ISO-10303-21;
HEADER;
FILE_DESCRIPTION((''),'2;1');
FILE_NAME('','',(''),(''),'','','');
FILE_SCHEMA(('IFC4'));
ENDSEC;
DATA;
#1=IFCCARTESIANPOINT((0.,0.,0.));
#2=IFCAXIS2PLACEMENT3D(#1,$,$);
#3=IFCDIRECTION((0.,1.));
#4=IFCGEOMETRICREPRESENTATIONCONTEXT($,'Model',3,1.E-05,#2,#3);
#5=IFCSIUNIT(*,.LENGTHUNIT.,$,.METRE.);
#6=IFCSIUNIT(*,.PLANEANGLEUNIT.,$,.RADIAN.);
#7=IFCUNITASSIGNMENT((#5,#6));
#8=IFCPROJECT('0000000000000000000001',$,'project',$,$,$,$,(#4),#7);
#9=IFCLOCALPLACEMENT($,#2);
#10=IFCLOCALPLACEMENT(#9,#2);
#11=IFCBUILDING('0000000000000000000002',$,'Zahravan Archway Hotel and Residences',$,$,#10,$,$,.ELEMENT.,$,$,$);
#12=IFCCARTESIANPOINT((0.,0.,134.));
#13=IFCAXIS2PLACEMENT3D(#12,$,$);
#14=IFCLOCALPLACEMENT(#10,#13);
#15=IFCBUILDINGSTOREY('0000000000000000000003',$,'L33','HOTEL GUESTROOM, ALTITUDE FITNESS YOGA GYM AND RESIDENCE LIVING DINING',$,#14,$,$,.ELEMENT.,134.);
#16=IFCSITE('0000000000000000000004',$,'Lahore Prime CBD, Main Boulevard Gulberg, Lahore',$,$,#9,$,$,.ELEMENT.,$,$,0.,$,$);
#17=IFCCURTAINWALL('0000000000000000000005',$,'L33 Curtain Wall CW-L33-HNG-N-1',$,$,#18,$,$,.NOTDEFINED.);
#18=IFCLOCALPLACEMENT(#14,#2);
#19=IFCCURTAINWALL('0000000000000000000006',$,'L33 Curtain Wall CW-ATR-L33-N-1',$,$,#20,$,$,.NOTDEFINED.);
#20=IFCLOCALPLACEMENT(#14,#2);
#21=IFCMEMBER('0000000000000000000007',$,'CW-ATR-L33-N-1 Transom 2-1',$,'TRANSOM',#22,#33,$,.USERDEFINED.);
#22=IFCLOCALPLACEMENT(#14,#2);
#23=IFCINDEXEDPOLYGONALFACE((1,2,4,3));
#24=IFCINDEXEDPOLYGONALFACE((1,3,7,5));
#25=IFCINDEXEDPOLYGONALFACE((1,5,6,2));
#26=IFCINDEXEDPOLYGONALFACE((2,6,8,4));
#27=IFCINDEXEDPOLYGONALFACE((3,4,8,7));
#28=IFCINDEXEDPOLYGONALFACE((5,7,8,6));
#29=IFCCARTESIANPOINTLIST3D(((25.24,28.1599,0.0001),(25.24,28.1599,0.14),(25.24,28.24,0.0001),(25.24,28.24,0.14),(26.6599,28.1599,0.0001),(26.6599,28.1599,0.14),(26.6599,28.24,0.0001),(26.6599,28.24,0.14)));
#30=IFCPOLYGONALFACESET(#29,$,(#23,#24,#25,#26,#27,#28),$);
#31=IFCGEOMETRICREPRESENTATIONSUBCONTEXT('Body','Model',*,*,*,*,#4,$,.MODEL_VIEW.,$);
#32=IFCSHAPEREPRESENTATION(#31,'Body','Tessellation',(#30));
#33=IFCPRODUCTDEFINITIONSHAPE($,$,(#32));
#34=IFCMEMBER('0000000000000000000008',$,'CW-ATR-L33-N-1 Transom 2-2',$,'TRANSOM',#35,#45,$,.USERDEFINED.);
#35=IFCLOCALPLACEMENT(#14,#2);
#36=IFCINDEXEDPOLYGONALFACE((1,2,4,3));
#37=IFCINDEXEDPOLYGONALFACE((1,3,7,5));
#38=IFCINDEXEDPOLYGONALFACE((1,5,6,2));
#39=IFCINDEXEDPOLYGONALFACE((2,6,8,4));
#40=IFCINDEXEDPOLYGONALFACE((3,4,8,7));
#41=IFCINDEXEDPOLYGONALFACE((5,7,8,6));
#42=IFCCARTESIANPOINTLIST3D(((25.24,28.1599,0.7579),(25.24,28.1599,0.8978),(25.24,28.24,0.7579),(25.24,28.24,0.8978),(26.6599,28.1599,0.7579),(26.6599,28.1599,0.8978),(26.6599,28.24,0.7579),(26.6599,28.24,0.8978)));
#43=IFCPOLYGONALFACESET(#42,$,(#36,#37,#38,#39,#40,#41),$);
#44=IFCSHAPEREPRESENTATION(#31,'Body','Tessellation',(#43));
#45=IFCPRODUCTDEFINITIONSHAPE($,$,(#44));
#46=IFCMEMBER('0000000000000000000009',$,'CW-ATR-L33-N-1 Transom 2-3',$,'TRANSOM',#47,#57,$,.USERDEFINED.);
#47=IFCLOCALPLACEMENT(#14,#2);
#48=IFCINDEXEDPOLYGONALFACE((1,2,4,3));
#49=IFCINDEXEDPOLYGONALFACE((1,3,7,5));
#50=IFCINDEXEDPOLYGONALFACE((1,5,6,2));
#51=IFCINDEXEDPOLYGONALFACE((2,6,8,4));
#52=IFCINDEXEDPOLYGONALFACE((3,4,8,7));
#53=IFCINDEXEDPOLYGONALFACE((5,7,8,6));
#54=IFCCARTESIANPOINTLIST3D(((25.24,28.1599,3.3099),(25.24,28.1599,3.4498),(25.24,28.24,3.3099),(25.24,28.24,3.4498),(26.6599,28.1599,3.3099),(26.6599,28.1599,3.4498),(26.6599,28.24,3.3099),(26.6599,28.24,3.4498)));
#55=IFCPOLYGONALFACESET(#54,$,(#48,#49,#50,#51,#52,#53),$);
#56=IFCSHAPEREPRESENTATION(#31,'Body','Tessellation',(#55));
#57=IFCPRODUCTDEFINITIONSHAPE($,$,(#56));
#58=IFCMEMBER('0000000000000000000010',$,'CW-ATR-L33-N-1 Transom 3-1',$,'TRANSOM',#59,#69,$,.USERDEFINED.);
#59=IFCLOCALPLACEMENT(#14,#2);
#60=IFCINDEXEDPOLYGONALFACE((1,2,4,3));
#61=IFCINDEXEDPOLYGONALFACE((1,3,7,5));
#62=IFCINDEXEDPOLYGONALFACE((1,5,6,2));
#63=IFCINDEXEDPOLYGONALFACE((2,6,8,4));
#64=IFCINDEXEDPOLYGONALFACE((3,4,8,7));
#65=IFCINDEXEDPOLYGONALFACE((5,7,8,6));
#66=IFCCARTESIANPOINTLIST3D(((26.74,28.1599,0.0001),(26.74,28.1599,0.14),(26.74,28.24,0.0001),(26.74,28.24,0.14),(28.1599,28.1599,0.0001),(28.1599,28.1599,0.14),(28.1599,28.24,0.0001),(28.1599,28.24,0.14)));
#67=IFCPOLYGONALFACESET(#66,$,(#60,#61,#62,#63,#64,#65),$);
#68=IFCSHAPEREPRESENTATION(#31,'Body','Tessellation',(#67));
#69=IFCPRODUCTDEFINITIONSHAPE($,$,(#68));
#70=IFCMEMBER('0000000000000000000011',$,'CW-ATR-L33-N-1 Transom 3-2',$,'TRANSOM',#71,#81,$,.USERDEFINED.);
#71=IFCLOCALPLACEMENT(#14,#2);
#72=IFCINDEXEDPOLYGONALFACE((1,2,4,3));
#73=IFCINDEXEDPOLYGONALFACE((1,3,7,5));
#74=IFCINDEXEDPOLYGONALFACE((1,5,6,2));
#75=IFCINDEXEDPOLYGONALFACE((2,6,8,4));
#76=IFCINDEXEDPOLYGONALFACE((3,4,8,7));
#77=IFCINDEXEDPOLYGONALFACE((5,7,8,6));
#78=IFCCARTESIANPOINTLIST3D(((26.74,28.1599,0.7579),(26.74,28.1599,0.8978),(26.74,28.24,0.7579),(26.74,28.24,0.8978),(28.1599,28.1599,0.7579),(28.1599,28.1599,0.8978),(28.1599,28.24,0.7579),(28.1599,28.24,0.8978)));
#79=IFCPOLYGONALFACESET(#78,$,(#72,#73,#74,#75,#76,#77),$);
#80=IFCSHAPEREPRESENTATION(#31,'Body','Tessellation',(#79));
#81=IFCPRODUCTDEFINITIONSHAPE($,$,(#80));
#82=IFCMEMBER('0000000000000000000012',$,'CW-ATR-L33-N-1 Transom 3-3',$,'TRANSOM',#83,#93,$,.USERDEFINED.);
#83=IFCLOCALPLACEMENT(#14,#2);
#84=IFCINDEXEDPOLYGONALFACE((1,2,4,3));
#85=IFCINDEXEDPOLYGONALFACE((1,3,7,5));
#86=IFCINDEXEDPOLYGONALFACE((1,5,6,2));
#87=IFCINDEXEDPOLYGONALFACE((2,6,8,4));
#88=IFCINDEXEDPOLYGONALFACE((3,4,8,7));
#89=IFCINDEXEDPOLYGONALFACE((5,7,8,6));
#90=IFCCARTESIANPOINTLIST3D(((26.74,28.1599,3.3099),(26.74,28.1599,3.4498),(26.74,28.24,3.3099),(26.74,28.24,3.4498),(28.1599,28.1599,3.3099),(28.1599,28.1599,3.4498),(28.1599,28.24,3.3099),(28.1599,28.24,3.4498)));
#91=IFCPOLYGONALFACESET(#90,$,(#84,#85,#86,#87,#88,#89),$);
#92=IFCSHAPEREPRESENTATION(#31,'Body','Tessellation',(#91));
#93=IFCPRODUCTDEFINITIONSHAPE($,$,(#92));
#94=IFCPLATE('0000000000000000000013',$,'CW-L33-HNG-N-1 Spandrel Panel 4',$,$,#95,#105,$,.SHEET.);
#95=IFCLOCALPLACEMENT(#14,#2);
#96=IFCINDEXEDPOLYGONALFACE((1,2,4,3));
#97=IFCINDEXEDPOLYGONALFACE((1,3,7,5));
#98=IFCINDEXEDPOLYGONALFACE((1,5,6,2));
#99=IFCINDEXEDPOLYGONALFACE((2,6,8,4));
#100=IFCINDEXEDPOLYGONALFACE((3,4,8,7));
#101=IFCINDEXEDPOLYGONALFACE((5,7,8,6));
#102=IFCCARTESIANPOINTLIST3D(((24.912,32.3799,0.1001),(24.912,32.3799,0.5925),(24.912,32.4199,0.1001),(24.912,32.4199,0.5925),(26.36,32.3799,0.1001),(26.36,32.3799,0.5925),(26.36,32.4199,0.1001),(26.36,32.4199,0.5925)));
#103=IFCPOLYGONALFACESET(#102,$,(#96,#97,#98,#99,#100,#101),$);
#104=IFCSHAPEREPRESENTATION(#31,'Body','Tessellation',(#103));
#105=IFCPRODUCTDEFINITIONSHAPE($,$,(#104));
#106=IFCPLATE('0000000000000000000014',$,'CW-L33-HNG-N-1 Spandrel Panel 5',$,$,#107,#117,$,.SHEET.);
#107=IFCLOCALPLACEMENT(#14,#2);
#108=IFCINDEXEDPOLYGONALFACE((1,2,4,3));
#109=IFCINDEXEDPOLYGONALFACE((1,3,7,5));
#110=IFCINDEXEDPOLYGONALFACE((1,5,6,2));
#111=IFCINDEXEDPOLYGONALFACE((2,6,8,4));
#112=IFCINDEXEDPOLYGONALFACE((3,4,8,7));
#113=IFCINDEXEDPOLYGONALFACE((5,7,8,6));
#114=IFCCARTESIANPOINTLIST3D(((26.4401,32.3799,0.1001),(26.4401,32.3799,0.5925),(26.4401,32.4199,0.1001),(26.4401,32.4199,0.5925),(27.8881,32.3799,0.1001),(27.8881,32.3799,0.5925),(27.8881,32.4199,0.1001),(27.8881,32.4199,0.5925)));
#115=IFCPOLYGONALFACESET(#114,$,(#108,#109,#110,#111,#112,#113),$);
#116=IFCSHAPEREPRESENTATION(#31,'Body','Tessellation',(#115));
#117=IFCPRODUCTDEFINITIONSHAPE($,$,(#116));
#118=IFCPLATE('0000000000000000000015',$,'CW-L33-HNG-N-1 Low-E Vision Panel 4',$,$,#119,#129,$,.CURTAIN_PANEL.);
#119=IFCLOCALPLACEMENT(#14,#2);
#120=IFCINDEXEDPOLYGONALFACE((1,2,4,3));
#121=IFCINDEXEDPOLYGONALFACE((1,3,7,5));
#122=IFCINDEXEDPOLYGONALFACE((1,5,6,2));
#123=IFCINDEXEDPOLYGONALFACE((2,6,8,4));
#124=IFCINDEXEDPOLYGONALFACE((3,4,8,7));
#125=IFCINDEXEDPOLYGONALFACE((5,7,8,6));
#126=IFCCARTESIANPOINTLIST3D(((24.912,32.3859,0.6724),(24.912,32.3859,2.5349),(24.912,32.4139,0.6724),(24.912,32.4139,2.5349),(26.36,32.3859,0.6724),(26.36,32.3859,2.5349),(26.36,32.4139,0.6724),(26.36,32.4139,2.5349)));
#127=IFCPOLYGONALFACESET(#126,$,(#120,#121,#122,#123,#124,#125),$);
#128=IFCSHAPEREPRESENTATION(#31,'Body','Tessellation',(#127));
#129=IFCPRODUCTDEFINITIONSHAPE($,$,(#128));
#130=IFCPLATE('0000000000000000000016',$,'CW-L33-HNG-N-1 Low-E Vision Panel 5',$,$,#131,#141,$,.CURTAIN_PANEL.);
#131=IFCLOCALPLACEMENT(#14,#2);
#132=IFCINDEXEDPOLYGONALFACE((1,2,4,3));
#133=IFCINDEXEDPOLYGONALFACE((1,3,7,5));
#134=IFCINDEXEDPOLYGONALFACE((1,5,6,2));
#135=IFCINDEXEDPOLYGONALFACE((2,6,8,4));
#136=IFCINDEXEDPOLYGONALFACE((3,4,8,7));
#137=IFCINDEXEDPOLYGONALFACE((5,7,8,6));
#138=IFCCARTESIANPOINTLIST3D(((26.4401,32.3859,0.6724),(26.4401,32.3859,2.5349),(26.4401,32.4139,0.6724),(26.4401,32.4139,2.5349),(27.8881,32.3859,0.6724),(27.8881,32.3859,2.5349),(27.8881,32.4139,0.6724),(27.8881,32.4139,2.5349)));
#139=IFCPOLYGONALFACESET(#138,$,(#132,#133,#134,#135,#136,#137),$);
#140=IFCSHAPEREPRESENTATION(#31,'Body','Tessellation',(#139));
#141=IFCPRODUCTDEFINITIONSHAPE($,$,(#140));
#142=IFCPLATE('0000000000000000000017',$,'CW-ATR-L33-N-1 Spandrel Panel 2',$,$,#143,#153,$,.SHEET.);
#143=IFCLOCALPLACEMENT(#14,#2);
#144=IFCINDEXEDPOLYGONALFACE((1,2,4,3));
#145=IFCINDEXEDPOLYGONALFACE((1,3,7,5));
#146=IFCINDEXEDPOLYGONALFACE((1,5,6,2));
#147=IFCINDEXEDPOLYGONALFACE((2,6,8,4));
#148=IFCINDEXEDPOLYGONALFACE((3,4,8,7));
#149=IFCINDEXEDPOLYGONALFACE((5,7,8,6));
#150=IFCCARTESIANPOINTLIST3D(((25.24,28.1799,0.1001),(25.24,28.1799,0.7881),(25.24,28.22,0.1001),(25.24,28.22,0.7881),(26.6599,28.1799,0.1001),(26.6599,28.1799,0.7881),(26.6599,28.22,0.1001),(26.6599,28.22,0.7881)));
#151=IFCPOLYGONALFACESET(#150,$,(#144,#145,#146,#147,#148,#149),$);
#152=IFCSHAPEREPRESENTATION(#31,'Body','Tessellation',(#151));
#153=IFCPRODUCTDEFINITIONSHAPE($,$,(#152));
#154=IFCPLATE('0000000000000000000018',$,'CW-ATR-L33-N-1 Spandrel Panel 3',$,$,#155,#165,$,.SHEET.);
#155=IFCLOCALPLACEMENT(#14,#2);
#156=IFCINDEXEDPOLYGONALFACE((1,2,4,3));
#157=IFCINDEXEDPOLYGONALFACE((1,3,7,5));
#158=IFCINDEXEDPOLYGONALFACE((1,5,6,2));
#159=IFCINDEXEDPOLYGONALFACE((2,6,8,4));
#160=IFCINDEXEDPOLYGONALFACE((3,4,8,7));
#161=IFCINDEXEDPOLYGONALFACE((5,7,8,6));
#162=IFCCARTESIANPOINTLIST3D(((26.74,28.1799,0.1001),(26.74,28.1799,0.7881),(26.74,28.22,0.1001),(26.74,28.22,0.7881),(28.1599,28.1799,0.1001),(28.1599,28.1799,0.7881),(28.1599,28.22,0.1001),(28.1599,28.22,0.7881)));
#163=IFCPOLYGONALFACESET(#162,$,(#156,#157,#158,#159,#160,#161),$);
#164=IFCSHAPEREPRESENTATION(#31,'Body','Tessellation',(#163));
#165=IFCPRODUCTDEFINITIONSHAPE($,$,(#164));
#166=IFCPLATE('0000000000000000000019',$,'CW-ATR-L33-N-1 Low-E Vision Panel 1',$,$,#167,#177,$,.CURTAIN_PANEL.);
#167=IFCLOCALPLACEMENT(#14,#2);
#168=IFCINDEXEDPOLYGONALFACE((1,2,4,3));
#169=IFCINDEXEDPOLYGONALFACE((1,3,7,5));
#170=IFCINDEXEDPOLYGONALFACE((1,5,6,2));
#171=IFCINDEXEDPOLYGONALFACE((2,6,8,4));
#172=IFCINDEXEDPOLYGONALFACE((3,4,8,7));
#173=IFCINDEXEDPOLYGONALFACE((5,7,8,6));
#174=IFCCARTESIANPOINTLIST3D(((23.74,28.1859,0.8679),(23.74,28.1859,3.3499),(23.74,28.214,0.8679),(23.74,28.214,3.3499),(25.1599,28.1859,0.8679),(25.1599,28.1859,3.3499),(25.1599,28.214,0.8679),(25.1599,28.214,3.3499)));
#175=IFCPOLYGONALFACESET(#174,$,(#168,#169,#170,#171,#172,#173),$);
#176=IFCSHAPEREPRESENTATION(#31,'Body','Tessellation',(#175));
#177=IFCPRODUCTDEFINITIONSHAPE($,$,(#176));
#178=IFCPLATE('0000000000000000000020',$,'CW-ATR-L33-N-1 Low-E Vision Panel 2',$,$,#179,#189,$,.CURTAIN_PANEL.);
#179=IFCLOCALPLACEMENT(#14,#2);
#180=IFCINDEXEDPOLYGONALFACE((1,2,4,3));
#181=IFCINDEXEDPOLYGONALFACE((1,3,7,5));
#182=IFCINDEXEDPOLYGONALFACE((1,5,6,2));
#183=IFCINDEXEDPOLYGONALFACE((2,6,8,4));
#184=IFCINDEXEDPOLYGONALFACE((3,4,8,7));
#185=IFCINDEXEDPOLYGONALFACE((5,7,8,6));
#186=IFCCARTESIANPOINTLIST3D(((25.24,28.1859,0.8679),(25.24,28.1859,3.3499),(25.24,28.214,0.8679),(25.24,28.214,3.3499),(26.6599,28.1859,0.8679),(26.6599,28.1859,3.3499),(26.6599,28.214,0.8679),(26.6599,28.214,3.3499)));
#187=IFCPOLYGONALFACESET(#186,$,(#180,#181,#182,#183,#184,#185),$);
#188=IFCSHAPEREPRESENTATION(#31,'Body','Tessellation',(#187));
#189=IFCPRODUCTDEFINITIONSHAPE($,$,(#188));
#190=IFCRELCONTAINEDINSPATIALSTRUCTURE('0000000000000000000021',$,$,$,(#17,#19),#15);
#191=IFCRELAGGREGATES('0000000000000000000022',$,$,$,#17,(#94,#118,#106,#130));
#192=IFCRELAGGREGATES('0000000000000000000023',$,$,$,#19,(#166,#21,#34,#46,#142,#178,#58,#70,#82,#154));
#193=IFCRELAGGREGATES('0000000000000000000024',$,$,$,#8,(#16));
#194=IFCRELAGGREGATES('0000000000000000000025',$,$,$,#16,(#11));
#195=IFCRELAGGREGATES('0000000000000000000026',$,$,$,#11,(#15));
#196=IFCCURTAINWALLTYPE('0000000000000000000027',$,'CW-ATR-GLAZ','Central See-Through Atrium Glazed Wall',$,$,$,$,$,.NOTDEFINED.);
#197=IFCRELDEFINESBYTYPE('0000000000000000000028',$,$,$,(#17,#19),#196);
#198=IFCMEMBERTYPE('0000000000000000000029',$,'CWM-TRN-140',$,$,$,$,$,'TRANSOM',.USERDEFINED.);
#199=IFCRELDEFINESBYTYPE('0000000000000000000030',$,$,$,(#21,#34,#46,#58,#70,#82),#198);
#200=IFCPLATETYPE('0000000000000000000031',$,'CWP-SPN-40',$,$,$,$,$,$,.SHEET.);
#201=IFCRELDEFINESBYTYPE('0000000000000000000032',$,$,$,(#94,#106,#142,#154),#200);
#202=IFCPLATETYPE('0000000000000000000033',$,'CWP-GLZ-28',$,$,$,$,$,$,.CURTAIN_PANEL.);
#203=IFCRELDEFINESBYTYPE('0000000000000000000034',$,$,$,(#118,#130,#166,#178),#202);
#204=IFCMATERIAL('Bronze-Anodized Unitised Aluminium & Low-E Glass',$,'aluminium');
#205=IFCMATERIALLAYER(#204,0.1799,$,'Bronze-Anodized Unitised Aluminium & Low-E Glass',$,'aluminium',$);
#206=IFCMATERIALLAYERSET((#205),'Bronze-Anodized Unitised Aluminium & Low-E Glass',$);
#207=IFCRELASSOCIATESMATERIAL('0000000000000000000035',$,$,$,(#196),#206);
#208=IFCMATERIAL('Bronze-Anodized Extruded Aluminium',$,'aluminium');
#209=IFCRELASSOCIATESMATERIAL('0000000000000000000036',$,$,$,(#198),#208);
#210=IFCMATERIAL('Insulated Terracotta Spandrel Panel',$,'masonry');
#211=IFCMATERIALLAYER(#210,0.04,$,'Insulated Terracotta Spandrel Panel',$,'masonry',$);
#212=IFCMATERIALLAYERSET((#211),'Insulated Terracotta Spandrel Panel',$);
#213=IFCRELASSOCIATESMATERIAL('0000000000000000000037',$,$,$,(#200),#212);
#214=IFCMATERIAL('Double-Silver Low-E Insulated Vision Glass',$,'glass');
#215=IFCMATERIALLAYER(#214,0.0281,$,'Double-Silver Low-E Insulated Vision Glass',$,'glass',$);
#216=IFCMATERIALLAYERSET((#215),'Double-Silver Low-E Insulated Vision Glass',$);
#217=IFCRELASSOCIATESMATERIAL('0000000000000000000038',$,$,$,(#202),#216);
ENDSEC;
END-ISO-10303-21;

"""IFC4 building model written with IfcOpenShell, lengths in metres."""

from ifc_helpers import new_model, si_unit, direction, frame, origin, origin_2d, place, context, subcontext, project, spatial, rectangle, extrude, source, transform, mapped, material, layer, layer_set, material_profile, profile_set, type_object, element, aggregate, save


model = new_model("IFC4")

# Units and contexts
model_context = context("Model", 3, precision=1e-05, world=origin(), true_north=direction((0.0, 1.0)))
body_context = subcontext(model_context, "Body", "Model", "MODEL_VIEW")
ifc_project = project(units=[si_unit("LENGTHUNIT", "METRE"), si_unit("PLANEANGLEUNIT", "RADIAN")], contexts=[model_context])

# Site, building, storey
site_placement = place(None, origin())
site = spatial("IfcSite", under=ifc_project, at=site_placement, Name="Lahore Prime CBD, Main Boulevard Gulberg, Lahore", CompositionType="ELEMENT", RefElevation=0.0)
building_placement = place(site_placement, origin())
building = spatial("IfcBuilding", under=site, at=building_placement, Name="Zahravan Archway Hotel and Residences", CompositionType="ELEMENT")
storey_placement = place(building_placement, frame((0.0, 0.0, 134.0)))
storey = spatial("IfcBuildingStorey", under=building, at=storey_placement, Name="L33", Description="HOTEL GUESTROOM, ALTITUDE FITNESS YOGA GYM AND RESIDENCE LIVING DINING", CompositionType="ELEMENT", Elevation=134.0)

# Curtain walls, members
ifc_material_1 = material(Name="Bronze-Anodized Unitised Aluminium & Low-E Glass", Category="aluminium")
ifc_layer_1 = layer(ifc_material_1, 0.1799, Name="Bronze-Anodized Unitised Aluminium & Low-E Glass", Category="aluminium")
ifc_layer_set_1 = layer_set([ifc_layer_1], Name="Bronze-Anodized Unitised Aluminium & Low-E Glass")
curtain_wall_type = type_object("IfcCurtainWallType", Name="CW-ATR-GLAZ", Description="Central See-Through Atrium Glazed Wall", PredefinedType="NOTDEFINED", material=ifc_layer_set_1)
curtain_wall_1_placement = place(storey_placement, origin())
curtain_wall_1 = element("IfcCurtainWall", 1, at=curtain_wall_1_placement, inside=storey, type_object=curtain_wall_type, Name="L33 Curtain Wall CW-L33-HNG-N-1", PredefinedType="NOTDEFINED")
ifc_material_2 = material(Name="Bronze-Anodized Extruded Aluminium", Category="aluminium")
ifc_material_profile_1 = material_profile(ifc_material_2, rectangle(XDim=0.0801, YDim=0.1399, at=origin_2d()), Name="TRN 80x140", Category="aluminium")
ifc_profile_set_1 = profile_set([ifc_material_profile_1], Name="Bronze-Anodized Extruded Aluminium")
member_type_1 = type_object("IfcMemberType", Name="CWM-TRN-140", ElementType="TRANSOM", PredefinedType="USERDEFINED", material=ifc_profile_set_1)
curtain_wall_2_placement = place(storey_placement, origin())
curtain_wall_2 = element("IfcCurtainWall", 2, at=curtain_wall_2_placement, inside=storey, type_object=curtain_wall_type, Name="L33 Curtain Wall CW-ATR-L33-N-1", PredefinedType="NOTDEFINED")
shared_shape_1 = source(origin(), body_context, "Body", "SweptSolid", [
    extrude(rectangle(XDim=0.0801, YDim=0.1399, at=origin_2d()), origin(), (0.0, 0.0, 1.0), 1.4199),
])
member_1_placement = place(storey_placement, frame((25.24, 28.2, 0.0701), z_axis=(1.0, 0.0, 0.0), x_axis=(0.0, 1.0, 0.0)))
member_1 = element("IfcMember", 3, at=member_1_placement, type_object=member_type_1, Name="CW-ATR-L33-N-1 Transom 2-1", ObjectType="TRANSOM", PredefinedType="USERDEFINED", context=body_context, shape_type="MappedRepresentation", body=[
    mapped(shared_shape_1, transform((0.0, 0.0, 0.0), scale=1.0)),
])
member_2_placement = place(storey_placement, frame((25.24, 28.2, 0.8279), z_axis=(1.0, 0.0, 0.0), x_axis=(0.0, 1.0, 0.0)))
member_2 = element("IfcMember", 4, at=member_2_placement, type_object=member_type_1, Name="CW-ATR-L33-N-1 Transom 2-2", ObjectType="TRANSOM", PredefinedType="USERDEFINED", context=body_context, shape_type="MappedRepresentation", body=[
    mapped(shared_shape_1, transform((0.0, 0.0, 0.0), scale=1.0)),
])
member_3_placement = place(storey_placement, frame((25.24, 28.2, 3.3799), z_axis=(1.0, 0.0, 0.0), x_axis=(0.0, 1.0, 0.0)))
member_3 = element("IfcMember", 5, at=member_3_placement, type_object=member_type_1, Name="CW-ATR-L33-N-1 Transom 2-3", ObjectType="TRANSOM", PredefinedType="USERDEFINED", context=body_context, shape_type="MappedRepresentation", body=[
    mapped(shared_shape_1, transform((0.0, 0.0, 0.0), scale=1.0)),
])
member_4_placement = place(storey_placement, frame((26.74, 28.2, 0.0701), z_axis=(1.0, 0.0, 0.0), x_axis=(0.0, 1.0, 0.0)))
member_4 = element("IfcMember", 6, at=member_4_placement, type_object=member_type_1, Name="CW-ATR-L33-N-1 Transom 3-1", ObjectType="TRANSOM", PredefinedType="USERDEFINED", context=body_context, shape_type="MappedRepresentation", body=[
    mapped(shared_shape_1, transform((0.0, 0.0, 0.0), scale=1.0)),
])
member_5_placement = place(storey_placement, frame((26.74, 28.2, 0.8279), z_axis=(1.0, 0.0, 0.0), x_axis=(0.0, 1.0, 0.0)))
member_5 = element("IfcMember", 7, at=member_5_placement, type_object=member_type_1, Name="CW-ATR-L33-N-1 Transom 3-2", ObjectType="TRANSOM", PredefinedType="USERDEFINED", context=body_context, shape_type="MappedRepresentation", body=[
    mapped(shared_shape_1, transform((0.0, 0.0, 0.0), scale=1.0)),
])
member_6_placement = place(storey_placement, frame((26.74, 28.2, 3.3799), z_axis=(1.0, 0.0, 0.0), x_axis=(0.0, 1.0, 0.0)))
member_6 = element("IfcMember", 8, at=member_6_placement, type_object=member_type_1, Name="CW-ATR-L33-N-1 Transom 3-3", ObjectType="TRANSOM", PredefinedType="USERDEFINED", context=body_context, shape_type="MappedRepresentation", body=[
    mapped(shared_shape_1, transform((0.0, 0.0, 0.0), scale=1.0)),
])

# Plates
ifc_material_3 = material(Name="Insulated Terracotta Spandrel Panel", Category="masonry")
ifc_layer_2 = layer(ifc_material_3, 0.04, Name="Insulated Terracotta Spandrel Panel", Category="masonry")
ifc_layer_set_2 = layer_set([ifc_layer_2], Name="Insulated Terracotta Spandrel Panel")
plate_type_1 = type_object("IfcPlateType", Name="CWP-SPN-40", PredefinedType="SHEET", material=ifc_layer_set_2)
shared_shape_2 = source(origin(), body_context, "Body", "SweptSolid", [
    extrude(rectangle(XDim=1.448, YDim=0.04, at=origin_2d()), origin(), (0.0, 0.0, 1.0), 0.4924),
])
plate_1_placement = place(storey_placement, frame((25.636, 32.3999, 0.1001), z_axis=(0.0, 0.0, 1.0), x_axis=(1.0, 0.0, 0.0)))
plate_1 = element("IfcPlate", 9, at=plate_1_placement, type_object=plate_type_1, Name="CW-L33-HNG-N-1 Spandrel Panel 4", PredefinedType="SHEET", context=body_context, shape_type="MappedRepresentation", body=[
    mapped(shared_shape_2, transform((0.0, 0.0, 0.0), scale=1.0)),
])
plate_2_placement = place(storey_placement, frame((27.1641, 32.3999, 0.1001), z_axis=(0.0, 0.0, 1.0), x_axis=(1.0, 0.0, 0.0)))
plate_2 = element("IfcPlate", 10, at=plate_2_placement, type_object=plate_type_1, Name="CW-L33-HNG-N-1 Spandrel Panel 5", PredefinedType="SHEET", context=body_context, shape_type="MappedRepresentation", body=[
    mapped(shared_shape_2, transform((0.0, 0.0, 0.0), scale=1.0)),
])
ifc_material_4 = material(Name="Double-Silver Low-E Insulated Vision Glass", Category="glass")
ifc_layer_3 = layer(ifc_material_4, 0.0281, Name="Double-Silver Low-E Insulated Vision Glass", Category="glass")
ifc_layer_set_3 = layer_set([ifc_layer_3], Name="Double-Silver Low-E Insulated Vision Glass")
plate_type_2 = type_object("IfcPlateType", Name="CWP-GLZ-28", PredefinedType="CURTAIN_PANEL", material=ifc_layer_set_3)
shared_shape_3 = source(origin(), body_context, "Body", "SweptSolid", [
    extrude(rectangle(XDim=1.448, YDim=0.0281, at=origin_2d()), origin(), (0.0, 0.0, 1.0), 1.8625),
])
plate_3_placement = place(storey_placement, frame((25.636, 32.3999, 0.6724), z_axis=(0.0, 0.0, 1.0), x_axis=(1.0, 0.0, 0.0)))
plate_3 = element("IfcPlate", 11, at=plate_3_placement, type_object=plate_type_2, Name="CW-L33-HNG-N-1 Low-E Vision Panel 4", PredefinedType="CURTAIN_PANEL", context=body_context, shape_type="MappedRepresentation", body=[
    mapped(shared_shape_3, transform((0.0, 0.0, 0.0), scale=1.0)),
])
plate_4_placement = place(storey_placement, frame((27.1641, 32.3999, 0.6724), z_axis=(0.0, 0.0, 1.0), x_axis=(1.0, 0.0, 0.0)))
plate_4 = element("IfcPlate", 12, at=plate_4_placement, type_object=plate_type_2, Name="CW-L33-HNG-N-1 Low-E Vision Panel 5", PredefinedType="CURTAIN_PANEL", context=body_context, shape_type="MappedRepresentation", body=[
    mapped(shared_shape_3, transform((0.0, 0.0, 0.0), scale=1.0)),
])
aggregate(curtain_wall_1, [plate_1, plate_3, plate_2, plate_4])
shared_shape_4 = source(origin(), body_context, "Body", "SweptSolid", [
    extrude(rectangle(XDim=1.4199, YDim=0.04, at=origin_2d()), origin(), (0.0, 0.0, 1.0), 0.688),
])
plate_5_placement = place(storey_placement, frame((25.95, 28.2, 0.1001), z_axis=(0.0, 0.0, 1.0), x_axis=(1.0, 0.0, 0.0)))
plate_5 = element("IfcPlate", 13, at=plate_5_placement, type_object=plate_type_1, Name="CW-ATR-L33-N-1 Spandrel Panel 2", PredefinedType="SHEET", context=body_context, shape_type="MappedRepresentation", body=[
    mapped(shared_shape_4, transform((0.0, 0.0, 0.0), scale=1.0)),
])
plate_6_placement = place(storey_placement, frame((27.45, 28.2, 0.1001), z_axis=(0.0, 0.0, 1.0), x_axis=(1.0, 0.0, 0.0)))
plate_6 = element("IfcPlate", 14, at=plate_6_placement, type_object=plate_type_1, Name="CW-ATR-L33-N-1 Spandrel Panel 3", PredefinedType="SHEET", context=body_context, shape_type="MappedRepresentation", body=[
    mapped(shared_shape_4, transform((0.0, 0.0, 0.0), scale=1.0)),
])
shared_shape_5 = source(origin(), body_context, "Body", "SweptSolid", [
    extrude(rectangle(XDim=1.4199, YDim=0.0281, at=origin_2d()), origin(), (0.0, 0.0, 1.0), 2.4819),
])
plate_7_placement = place(storey_placement, frame((24.45, 28.2, 0.8679), z_axis=(0.0, 0.0, 1.0), x_axis=(1.0, 0.0, 0.0)))
plate_7 = element("IfcPlate", 15, at=plate_7_placement, type_object=plate_type_2, Name="CW-ATR-L33-N-1 Low-E Vision Panel 1", PredefinedType="CURTAIN_PANEL", context=body_context, shape_type="MappedRepresentation", body=[
    mapped(shared_shape_5, transform((0.0, 0.0, 0.0), scale=1.0)),
])
plate_8_placement = place(storey_placement, frame((25.95, 28.2, 0.8679), z_axis=(0.0, 0.0, 1.0), x_axis=(1.0, 0.0, 0.0)))
plate_8 = element("IfcPlate", 16, at=plate_8_placement, type_object=plate_type_2, Name="CW-ATR-L33-N-1 Low-E Vision Panel 2", PredefinedType="CURTAIN_PANEL", context=body_context, shape_type="MappedRepresentation", body=[
    mapped(shared_shape_5, transform((0.0, 0.0, 0.0), scale=1.0)),
])
aggregate(curtain_wall_2, [plate_7, member_1, member_2, member_3, plate_5, plate_8, member_4, member_5, member_6, plate_6])

save(model, "model.ifc")
